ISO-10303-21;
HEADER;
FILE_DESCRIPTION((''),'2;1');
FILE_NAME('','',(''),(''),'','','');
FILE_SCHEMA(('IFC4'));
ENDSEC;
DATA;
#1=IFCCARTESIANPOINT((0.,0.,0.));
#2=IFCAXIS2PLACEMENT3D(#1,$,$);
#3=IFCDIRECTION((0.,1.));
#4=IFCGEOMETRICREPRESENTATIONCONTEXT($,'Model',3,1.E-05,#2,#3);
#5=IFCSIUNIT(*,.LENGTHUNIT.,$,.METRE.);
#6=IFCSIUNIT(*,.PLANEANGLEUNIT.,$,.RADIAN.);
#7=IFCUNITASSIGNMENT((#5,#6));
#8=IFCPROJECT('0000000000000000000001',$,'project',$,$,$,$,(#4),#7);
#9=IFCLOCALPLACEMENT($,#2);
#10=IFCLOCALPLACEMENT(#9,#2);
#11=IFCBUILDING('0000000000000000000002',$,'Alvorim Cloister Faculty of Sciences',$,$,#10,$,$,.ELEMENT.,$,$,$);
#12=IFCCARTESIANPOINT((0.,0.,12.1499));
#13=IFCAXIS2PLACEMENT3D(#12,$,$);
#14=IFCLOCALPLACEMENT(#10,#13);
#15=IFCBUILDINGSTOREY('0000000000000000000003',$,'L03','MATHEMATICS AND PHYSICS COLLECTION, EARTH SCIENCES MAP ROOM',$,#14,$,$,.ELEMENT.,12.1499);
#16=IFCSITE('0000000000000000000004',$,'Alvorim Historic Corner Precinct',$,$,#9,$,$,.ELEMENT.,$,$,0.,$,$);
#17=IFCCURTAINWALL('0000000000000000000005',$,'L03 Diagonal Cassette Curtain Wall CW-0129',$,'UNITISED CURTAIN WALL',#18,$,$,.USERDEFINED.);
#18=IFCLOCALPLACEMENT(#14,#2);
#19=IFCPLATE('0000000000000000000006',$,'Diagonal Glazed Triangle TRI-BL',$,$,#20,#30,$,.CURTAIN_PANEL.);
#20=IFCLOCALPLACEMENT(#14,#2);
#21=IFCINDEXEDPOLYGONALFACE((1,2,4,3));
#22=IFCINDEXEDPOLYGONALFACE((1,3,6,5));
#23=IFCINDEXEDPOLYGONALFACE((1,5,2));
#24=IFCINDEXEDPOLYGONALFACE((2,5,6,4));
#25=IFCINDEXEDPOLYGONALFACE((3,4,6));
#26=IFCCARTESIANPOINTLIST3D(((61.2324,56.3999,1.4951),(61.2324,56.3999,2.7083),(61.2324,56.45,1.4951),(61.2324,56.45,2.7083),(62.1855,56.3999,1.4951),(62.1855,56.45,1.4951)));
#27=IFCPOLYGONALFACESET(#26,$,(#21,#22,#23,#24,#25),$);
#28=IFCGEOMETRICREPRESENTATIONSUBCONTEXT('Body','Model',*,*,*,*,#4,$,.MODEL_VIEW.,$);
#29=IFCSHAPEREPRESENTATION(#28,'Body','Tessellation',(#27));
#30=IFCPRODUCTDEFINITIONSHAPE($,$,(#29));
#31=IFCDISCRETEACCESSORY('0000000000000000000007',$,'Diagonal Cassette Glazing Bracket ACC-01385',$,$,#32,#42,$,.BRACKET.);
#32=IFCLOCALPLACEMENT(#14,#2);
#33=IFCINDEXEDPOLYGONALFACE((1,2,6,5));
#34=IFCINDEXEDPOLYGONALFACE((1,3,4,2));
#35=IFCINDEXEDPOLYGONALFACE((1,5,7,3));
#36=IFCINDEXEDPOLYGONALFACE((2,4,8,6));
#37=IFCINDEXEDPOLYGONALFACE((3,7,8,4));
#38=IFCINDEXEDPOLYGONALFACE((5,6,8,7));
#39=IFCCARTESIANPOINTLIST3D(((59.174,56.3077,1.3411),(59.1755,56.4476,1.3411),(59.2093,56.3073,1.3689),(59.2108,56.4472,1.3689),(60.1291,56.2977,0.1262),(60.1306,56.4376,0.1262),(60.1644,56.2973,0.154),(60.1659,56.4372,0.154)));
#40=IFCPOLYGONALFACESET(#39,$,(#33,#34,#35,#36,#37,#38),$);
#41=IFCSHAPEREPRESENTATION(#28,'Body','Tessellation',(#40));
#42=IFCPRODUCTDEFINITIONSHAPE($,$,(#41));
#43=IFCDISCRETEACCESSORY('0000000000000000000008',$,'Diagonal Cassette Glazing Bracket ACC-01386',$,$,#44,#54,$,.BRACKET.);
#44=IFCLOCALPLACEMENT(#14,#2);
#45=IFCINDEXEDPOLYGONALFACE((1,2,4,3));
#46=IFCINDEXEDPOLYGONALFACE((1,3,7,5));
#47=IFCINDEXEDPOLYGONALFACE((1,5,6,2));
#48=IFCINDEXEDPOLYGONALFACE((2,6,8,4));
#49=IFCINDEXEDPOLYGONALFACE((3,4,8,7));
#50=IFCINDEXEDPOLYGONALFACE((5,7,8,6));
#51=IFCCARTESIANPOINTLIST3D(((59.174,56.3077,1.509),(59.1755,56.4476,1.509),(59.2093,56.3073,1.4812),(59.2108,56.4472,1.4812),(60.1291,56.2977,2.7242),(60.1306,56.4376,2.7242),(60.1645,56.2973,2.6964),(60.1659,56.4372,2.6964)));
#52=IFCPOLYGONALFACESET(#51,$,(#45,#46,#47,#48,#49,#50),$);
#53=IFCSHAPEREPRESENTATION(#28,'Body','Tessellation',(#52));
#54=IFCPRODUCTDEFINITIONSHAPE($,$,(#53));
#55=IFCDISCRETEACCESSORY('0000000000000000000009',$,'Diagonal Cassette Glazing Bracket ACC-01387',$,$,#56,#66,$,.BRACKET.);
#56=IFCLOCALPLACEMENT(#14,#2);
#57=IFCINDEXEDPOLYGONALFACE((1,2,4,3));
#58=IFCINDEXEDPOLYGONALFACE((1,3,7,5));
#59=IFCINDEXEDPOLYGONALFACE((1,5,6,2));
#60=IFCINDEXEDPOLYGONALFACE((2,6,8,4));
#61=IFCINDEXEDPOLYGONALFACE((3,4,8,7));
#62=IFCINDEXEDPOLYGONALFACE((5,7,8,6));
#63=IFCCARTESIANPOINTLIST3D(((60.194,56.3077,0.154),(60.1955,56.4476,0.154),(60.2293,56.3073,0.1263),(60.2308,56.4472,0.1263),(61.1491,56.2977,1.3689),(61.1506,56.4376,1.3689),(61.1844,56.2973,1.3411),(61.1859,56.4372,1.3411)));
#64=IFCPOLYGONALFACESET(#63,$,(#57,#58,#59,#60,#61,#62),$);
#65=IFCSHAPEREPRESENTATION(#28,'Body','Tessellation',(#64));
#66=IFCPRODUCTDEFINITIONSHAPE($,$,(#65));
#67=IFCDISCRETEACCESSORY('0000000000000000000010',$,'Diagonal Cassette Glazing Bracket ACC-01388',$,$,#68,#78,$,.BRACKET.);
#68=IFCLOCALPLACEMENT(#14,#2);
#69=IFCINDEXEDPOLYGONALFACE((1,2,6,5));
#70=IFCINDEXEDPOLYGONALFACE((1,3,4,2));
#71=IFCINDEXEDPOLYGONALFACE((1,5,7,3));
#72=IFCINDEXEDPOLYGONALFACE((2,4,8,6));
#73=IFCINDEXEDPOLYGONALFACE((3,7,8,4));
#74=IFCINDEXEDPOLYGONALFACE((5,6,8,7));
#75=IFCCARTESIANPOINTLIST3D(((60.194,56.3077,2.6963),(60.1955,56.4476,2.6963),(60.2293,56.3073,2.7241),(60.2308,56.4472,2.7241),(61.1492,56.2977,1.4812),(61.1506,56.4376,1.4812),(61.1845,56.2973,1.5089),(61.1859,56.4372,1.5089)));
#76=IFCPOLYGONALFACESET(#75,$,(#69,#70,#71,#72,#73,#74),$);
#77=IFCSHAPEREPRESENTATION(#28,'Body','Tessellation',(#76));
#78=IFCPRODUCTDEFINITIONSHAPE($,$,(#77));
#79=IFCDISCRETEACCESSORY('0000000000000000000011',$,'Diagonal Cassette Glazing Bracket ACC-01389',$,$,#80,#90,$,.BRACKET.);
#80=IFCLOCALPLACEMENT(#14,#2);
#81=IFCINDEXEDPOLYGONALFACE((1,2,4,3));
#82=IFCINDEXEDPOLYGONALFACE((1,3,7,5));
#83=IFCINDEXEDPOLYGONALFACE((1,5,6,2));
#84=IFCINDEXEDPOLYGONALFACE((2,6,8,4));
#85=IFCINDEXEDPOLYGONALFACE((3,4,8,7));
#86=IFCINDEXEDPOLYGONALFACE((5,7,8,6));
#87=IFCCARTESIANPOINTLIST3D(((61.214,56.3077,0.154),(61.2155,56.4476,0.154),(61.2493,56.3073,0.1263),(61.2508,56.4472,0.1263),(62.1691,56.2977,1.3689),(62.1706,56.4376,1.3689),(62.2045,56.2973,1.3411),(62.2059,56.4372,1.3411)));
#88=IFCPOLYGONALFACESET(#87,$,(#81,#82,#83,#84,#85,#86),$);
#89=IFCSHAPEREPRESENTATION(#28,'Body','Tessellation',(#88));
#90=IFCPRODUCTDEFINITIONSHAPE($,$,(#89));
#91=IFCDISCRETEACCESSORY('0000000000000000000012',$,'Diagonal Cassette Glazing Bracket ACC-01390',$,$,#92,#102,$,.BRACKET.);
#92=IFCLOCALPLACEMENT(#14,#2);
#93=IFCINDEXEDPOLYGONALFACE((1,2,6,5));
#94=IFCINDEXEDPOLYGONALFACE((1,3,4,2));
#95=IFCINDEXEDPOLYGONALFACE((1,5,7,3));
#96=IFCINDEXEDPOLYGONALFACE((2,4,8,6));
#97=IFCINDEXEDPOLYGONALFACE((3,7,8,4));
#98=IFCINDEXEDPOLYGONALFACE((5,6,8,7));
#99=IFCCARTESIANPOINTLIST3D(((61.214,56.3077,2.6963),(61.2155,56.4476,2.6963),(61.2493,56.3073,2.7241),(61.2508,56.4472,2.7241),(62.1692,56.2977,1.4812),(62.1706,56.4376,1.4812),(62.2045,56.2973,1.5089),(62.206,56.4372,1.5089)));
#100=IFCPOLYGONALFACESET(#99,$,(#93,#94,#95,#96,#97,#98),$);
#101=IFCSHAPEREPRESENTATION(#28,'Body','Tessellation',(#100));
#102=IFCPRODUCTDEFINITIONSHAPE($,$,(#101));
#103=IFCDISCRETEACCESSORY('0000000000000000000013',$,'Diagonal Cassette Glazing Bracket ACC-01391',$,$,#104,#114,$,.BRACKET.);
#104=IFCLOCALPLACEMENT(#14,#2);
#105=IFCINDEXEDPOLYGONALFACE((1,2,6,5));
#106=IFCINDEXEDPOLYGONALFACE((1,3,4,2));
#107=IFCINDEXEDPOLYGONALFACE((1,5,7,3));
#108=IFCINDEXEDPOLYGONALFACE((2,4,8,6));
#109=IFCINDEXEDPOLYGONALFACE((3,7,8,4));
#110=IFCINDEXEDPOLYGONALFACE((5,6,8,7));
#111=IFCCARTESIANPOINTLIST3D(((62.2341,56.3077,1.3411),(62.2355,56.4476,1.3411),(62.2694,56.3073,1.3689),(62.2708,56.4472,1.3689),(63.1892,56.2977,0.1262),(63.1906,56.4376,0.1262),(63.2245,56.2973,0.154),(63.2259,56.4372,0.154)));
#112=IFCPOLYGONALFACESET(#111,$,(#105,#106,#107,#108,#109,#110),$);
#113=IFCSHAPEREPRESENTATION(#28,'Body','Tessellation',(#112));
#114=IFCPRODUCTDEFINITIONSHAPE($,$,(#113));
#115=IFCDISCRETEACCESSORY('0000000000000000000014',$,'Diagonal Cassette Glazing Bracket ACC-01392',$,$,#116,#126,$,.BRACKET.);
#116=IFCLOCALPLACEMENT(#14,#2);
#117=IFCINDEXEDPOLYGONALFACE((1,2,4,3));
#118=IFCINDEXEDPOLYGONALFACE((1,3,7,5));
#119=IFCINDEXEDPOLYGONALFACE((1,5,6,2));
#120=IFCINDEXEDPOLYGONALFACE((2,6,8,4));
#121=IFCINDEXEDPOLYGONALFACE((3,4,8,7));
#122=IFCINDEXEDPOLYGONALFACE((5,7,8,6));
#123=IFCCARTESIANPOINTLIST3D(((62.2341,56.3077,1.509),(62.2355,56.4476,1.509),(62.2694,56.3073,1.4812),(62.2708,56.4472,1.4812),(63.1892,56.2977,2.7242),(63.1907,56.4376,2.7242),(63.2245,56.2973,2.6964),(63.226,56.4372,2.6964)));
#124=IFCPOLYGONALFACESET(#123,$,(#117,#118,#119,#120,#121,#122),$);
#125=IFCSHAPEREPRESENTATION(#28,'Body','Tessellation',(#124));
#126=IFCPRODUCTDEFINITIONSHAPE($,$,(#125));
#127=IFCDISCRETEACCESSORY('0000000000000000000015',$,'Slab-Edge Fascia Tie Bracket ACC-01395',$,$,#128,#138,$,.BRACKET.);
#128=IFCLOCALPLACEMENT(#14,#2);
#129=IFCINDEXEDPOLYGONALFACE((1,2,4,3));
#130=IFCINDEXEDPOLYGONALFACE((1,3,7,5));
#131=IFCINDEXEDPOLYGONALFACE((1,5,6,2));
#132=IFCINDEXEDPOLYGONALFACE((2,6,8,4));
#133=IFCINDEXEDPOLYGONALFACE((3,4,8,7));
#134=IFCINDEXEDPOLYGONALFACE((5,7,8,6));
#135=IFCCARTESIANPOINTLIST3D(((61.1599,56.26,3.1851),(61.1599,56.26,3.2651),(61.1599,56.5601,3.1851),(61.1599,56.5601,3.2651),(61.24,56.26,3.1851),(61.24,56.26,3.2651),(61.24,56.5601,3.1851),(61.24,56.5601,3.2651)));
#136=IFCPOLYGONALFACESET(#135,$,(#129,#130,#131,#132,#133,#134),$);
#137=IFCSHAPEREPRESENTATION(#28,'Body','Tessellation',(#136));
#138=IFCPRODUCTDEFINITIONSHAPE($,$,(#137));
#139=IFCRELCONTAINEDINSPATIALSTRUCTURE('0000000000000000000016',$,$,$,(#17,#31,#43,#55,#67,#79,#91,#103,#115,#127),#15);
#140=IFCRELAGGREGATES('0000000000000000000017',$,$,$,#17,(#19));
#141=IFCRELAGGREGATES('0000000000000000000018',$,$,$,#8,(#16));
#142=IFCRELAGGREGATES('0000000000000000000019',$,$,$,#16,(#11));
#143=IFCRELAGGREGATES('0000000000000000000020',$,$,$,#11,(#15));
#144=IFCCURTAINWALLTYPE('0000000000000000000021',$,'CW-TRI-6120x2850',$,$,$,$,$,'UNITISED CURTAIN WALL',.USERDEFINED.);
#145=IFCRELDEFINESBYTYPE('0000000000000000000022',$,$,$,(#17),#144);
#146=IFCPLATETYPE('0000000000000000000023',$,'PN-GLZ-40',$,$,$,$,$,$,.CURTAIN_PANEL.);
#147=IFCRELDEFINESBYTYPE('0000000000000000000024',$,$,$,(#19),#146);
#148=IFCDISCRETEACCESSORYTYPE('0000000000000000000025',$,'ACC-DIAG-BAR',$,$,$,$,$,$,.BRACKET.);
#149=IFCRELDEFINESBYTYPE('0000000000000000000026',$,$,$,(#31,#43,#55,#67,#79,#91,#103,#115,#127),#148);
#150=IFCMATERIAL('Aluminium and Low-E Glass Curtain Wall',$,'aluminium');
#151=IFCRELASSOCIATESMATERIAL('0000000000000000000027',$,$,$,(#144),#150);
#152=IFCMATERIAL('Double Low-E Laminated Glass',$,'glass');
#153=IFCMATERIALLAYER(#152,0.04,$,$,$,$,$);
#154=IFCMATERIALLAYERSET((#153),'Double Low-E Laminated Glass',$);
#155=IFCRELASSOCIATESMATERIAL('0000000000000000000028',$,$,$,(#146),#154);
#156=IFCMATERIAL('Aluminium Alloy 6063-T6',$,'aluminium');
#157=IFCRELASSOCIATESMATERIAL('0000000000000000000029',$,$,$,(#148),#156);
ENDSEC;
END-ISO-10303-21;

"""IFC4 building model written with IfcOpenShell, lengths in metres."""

from ifc_helpers import new_model, si_unit, direction, frame, origin, origin_2d, place, context, subcontext, project, spatial, polyline, rectangle, outline, extrude, material, layer, layer_set, type_object, element, aggregate, save


model = new_model("IFC4")

# Units and contexts
model_context = context("Model", 3, precision=1e-05, world=origin(), true_north=direction((0.0, 1.0)))
body_context = subcontext(model_context, "Body", "Model", "MODEL_VIEW")
ifc_project = project(units=[si_unit("LENGTHUNIT", "METRE"), si_unit("PLANEANGLEUNIT", "RADIAN")], contexts=[model_context])

# Site, building, storey
site_placement = place(None, origin())
site = spatial("IfcSite", under=ifc_project, at=site_placement, Name="Alvorim Historic Corner Precinct", CompositionType="ELEMENT", RefElevation=0.0)
building_placement = place(site_placement, origin())
building = spatial("IfcBuilding", under=site, at=building_placement, Name="Alvorim Cloister Faculty of Sciences", CompositionType="ELEMENT")
storey_placement = place(building_placement, frame((0.0, 0.0, 12.1499)))
storey = spatial("IfcBuildingStorey", under=building, at=storey_placement, Name="L03", Description="MATHEMATICS AND PHYSICS COLLECTION, EARTH SCIENCES MAP ROOM", CompositionType="ELEMENT", Elevation=12.1499)

# Curtain wall, plate
ifc_material_1 = material(Name="Aluminium and Low-E Glass Curtain Wall", Category="aluminium")
curtain_wall_type = type_object("IfcCurtainWallType", Name="CW-TRI-6120x2850", ElementType="UNITISED CURTAIN WALL", PredefinedType="USERDEFINED", material=ifc_material_1)
curtain_wall_placement = place(storey_placement, origin())
curtain_wall = element("IfcCurtainWall", 1, at=curtain_wall_placement, inside=storey, type_object=curtain_wall_type, Name="L03 Diagonal Cassette Curtain Wall CW-0129", ObjectType="UNITISED CURTAIN WALL", PredefinedType="USERDEFINED")
ifc_material_2 = material(Name="Aluminium Alloy 6063-T6", Category="aluminium")
ifc_material_3 = material(Name="Double Low-E Laminated Glass", Category="glass")
ifc_layer = layer(ifc_material_3, 0.04)
ifc_layer_set = layer_set([ifc_layer], Name="Double Low-E Laminated Glass")
plate_type = type_object("IfcPlateType", Name="PN-GLZ-40", PredefinedType="CURTAIN_PANEL", material=ifc_layer_set)
plate_1_placement = place(storey_placement, frame((61.2324, 56.425, 1.4951), z_axis=(0.0, 0.0, 1.0), x_axis=(1.0, 0.0, 0.0)))
plate_1 = element("IfcPlate", 2, at=plate_1_placement, type_object=plate_type, Name="Diagonal Glazed Triangle TRI-BL", PredefinedType="CURTAIN_PANEL", context=body_context, shape_type="SweptSolid", body=[
    extrude(outline(polyline([(0.0, 0.0), (0.9531, 0.0), (0.0, 1.2131), (0.0, 0.0)])), frame((0.0, 0.0249, 0.0), z_axis=(0.0, -1.0, 0.0), x_axis=(1.0, 0.0, 0.0)), (0.0, 0.0, 1.0), 0.05),
])
aggregate(curtain_wall, [plate_1])

# Discrete accessories
discrete_accessory_type = type_object("IfcDiscreteAccessoryType", Name="ACC-DIAG-BAR", PredefinedType="BRACKET", material=ifc_material_2)
discrete_accessory_1_placement = place(storey_placement, frame((59.1924, 56.3774, 1.355), z_axis=(0.618032, -0.006477, -0.786126), x_axis=(0.01048, 0.999945, 0.0)))
element("IfcDiscreteAccessory", 3, at=discrete_accessory_1_placement, inside=storey, type_object=discrete_accessory_type, Name="Diagonal Cassette Glazing Bracket ACC-01385", PredefinedType="BRACKET", context=body_context, shape_type="SweptSolid", body=[
    extrude(rectangle(XDim=0.1399, YDim=0.0449, at=origin_2d()), origin(), (0.0, 0.0, 1.0), 1.5454),
])
discrete_accessory_2_placement = place(storey_placement, frame((59.1924, 56.3774, 1.4951), z_axis=(0.617955, -0.006477, 0.786187), x_axis=(0.01048, 0.999945, 0.0)))
element("IfcDiscreteAccessory", 4, at=discrete_accessory_2_placement, inside=storey, type_object=discrete_accessory_type, Name="Diagonal Cassette Glazing Bracket ACC-01386", PredefinedType="BRACKET", context=body_context, shape_type="SweptSolid", body=[
    extrude(rectangle(XDim=0.1399, YDim=0.0449, at=origin_2d()), origin(), (0.0, 0.0, 1.0), 1.5457),
])
discrete_accessory_3_placement = place(storey_placement, frame((60.2124, 56.3774, 0.1401), z_axis=(0.618032, -0.006477, 0.786126), x_axis=(0.01048, 0.999945, 0.0)))
element("IfcDiscreteAccessory", 5, at=discrete_accessory_3_placement, inside=storey, type_object=discrete_accessory_type, Name="Diagonal Cassette Glazing Bracket ACC-01387", PredefinedType="BRACKET", context=body_context, shape_type="SweptSolid", body=[
    extrude(rectangle(XDim=0.1399, YDim=0.0449, at=origin_2d()), origin(), (0.0, 0.0, 1.0), 1.5454),
])
discrete_accessory_4_placement = place(storey_placement, frame((60.2124, 56.3774, 2.7102), z_axis=(0.617955, -0.006477, -0.786187), x_axis=(0.01048, 0.999945, 0.0)))
element("IfcDiscreteAccessory", 6, at=discrete_accessory_4_placement, inside=storey, type_object=discrete_accessory_type, Name="Diagonal Cassette Glazing Bracket ACC-01388", PredefinedType="BRACKET", context=body_context, shape_type="SweptSolid", body=[
    extrude(rectangle(XDim=0.1399, YDim=0.0449, at=origin_2d()), origin(), (0.0, 0.0, 1.0), 1.5457),
])
discrete_accessory_5_placement = place(storey_placement, frame((61.2324, 56.3774, 0.1401), z_axis=(0.618032, -0.006477, 0.786126), x_axis=(0.01048, 0.999945, 0.0)))
element("IfcDiscreteAccessory", 7, at=discrete_accessory_5_placement, inside=storey, type_object=discrete_accessory_type, Name="Diagonal Cassette Glazing Bracket ACC-01389", PredefinedType="BRACKET", context=body_context, shape_type="SweptSolid", body=[
    extrude(rectangle(XDim=0.1399, YDim=0.0449, at=origin_2d()), origin(), (0.0, 0.0, 1.0), 1.5454),
])
discrete_accessory_6_placement = place(storey_placement, frame((61.2324, 56.3774, 2.7102), z_axis=(0.617955, -0.006477, -0.786187), x_axis=(0.01048, 0.999945, 0.0)))
element("IfcDiscreteAccessory", 8, at=discrete_accessory_6_placement, inside=storey, type_object=discrete_accessory_type, Name="Diagonal Cassette Glazing Bracket ACC-01390", PredefinedType="BRACKET", context=body_context, shape_type="SweptSolid", body=[
    extrude(rectangle(XDim=0.1399, YDim=0.0449, at=origin_2d()), origin(), (0.0, 0.0, 1.0), 1.5457),
])
discrete_accessory_7_placement = place(storey_placement, frame((62.2524, 56.3774, 1.355), z_axis=(0.618032, -0.006477, -0.786126), x_axis=(0.01048, 0.999945, 0.0)))
element("IfcDiscreteAccessory", 9, at=discrete_accessory_7_placement, inside=storey, type_object=discrete_accessory_type, Name="Diagonal Cassette Glazing Bracket ACC-01391", PredefinedType="BRACKET", context=body_context, shape_type="SweptSolid", body=[
    extrude(rectangle(XDim=0.1399, YDim=0.0449, at=origin_2d()), origin(), (0.0, 0.0, 1.0), 1.5454),
])
discrete_accessory_8_placement = place(storey_placement, frame((62.2524, 56.3774, 1.4951), z_axis=(0.617955, -0.006477, 0.786187), x_axis=(0.01048, 0.999945, 0.0)))
element("IfcDiscreteAccessory", 10, at=discrete_accessory_8_placement, inside=storey, type_object=discrete_accessory_type, Name="Diagonal Cassette Glazing Bracket ACC-01392", PredefinedType="BRACKET", context=body_context, shape_type="SweptSolid", body=[
    extrude(rectangle(XDim=0.1399, YDim=0.0449, at=origin_2d()), origin(), (0.0, 0.0, 1.0), 1.5457),
])
discrete_accessory_9_placement = place(storey_placement, frame((61.2, 56.26, 3.2251), z_axis=(0.0, 1.0, 0.0), x_axis=(-1.0, 0.0, 0.0)))
element("IfcDiscreteAccessory", 11, at=discrete_accessory_9_placement, inside=storey, type_object=discrete_accessory_type, Name="Slab-Edge Fascia Tie Bracket ACC-01395", PredefinedType="BRACKET", context=body_context, shape_type="SweptSolid", body=[
    extrude(rectangle(XDim=0.0801, YDim=0.0801, at=origin_2d()), origin(), (0.0, 0.0, 1.0), 0.3),
])

save(model, "model.ifc")
